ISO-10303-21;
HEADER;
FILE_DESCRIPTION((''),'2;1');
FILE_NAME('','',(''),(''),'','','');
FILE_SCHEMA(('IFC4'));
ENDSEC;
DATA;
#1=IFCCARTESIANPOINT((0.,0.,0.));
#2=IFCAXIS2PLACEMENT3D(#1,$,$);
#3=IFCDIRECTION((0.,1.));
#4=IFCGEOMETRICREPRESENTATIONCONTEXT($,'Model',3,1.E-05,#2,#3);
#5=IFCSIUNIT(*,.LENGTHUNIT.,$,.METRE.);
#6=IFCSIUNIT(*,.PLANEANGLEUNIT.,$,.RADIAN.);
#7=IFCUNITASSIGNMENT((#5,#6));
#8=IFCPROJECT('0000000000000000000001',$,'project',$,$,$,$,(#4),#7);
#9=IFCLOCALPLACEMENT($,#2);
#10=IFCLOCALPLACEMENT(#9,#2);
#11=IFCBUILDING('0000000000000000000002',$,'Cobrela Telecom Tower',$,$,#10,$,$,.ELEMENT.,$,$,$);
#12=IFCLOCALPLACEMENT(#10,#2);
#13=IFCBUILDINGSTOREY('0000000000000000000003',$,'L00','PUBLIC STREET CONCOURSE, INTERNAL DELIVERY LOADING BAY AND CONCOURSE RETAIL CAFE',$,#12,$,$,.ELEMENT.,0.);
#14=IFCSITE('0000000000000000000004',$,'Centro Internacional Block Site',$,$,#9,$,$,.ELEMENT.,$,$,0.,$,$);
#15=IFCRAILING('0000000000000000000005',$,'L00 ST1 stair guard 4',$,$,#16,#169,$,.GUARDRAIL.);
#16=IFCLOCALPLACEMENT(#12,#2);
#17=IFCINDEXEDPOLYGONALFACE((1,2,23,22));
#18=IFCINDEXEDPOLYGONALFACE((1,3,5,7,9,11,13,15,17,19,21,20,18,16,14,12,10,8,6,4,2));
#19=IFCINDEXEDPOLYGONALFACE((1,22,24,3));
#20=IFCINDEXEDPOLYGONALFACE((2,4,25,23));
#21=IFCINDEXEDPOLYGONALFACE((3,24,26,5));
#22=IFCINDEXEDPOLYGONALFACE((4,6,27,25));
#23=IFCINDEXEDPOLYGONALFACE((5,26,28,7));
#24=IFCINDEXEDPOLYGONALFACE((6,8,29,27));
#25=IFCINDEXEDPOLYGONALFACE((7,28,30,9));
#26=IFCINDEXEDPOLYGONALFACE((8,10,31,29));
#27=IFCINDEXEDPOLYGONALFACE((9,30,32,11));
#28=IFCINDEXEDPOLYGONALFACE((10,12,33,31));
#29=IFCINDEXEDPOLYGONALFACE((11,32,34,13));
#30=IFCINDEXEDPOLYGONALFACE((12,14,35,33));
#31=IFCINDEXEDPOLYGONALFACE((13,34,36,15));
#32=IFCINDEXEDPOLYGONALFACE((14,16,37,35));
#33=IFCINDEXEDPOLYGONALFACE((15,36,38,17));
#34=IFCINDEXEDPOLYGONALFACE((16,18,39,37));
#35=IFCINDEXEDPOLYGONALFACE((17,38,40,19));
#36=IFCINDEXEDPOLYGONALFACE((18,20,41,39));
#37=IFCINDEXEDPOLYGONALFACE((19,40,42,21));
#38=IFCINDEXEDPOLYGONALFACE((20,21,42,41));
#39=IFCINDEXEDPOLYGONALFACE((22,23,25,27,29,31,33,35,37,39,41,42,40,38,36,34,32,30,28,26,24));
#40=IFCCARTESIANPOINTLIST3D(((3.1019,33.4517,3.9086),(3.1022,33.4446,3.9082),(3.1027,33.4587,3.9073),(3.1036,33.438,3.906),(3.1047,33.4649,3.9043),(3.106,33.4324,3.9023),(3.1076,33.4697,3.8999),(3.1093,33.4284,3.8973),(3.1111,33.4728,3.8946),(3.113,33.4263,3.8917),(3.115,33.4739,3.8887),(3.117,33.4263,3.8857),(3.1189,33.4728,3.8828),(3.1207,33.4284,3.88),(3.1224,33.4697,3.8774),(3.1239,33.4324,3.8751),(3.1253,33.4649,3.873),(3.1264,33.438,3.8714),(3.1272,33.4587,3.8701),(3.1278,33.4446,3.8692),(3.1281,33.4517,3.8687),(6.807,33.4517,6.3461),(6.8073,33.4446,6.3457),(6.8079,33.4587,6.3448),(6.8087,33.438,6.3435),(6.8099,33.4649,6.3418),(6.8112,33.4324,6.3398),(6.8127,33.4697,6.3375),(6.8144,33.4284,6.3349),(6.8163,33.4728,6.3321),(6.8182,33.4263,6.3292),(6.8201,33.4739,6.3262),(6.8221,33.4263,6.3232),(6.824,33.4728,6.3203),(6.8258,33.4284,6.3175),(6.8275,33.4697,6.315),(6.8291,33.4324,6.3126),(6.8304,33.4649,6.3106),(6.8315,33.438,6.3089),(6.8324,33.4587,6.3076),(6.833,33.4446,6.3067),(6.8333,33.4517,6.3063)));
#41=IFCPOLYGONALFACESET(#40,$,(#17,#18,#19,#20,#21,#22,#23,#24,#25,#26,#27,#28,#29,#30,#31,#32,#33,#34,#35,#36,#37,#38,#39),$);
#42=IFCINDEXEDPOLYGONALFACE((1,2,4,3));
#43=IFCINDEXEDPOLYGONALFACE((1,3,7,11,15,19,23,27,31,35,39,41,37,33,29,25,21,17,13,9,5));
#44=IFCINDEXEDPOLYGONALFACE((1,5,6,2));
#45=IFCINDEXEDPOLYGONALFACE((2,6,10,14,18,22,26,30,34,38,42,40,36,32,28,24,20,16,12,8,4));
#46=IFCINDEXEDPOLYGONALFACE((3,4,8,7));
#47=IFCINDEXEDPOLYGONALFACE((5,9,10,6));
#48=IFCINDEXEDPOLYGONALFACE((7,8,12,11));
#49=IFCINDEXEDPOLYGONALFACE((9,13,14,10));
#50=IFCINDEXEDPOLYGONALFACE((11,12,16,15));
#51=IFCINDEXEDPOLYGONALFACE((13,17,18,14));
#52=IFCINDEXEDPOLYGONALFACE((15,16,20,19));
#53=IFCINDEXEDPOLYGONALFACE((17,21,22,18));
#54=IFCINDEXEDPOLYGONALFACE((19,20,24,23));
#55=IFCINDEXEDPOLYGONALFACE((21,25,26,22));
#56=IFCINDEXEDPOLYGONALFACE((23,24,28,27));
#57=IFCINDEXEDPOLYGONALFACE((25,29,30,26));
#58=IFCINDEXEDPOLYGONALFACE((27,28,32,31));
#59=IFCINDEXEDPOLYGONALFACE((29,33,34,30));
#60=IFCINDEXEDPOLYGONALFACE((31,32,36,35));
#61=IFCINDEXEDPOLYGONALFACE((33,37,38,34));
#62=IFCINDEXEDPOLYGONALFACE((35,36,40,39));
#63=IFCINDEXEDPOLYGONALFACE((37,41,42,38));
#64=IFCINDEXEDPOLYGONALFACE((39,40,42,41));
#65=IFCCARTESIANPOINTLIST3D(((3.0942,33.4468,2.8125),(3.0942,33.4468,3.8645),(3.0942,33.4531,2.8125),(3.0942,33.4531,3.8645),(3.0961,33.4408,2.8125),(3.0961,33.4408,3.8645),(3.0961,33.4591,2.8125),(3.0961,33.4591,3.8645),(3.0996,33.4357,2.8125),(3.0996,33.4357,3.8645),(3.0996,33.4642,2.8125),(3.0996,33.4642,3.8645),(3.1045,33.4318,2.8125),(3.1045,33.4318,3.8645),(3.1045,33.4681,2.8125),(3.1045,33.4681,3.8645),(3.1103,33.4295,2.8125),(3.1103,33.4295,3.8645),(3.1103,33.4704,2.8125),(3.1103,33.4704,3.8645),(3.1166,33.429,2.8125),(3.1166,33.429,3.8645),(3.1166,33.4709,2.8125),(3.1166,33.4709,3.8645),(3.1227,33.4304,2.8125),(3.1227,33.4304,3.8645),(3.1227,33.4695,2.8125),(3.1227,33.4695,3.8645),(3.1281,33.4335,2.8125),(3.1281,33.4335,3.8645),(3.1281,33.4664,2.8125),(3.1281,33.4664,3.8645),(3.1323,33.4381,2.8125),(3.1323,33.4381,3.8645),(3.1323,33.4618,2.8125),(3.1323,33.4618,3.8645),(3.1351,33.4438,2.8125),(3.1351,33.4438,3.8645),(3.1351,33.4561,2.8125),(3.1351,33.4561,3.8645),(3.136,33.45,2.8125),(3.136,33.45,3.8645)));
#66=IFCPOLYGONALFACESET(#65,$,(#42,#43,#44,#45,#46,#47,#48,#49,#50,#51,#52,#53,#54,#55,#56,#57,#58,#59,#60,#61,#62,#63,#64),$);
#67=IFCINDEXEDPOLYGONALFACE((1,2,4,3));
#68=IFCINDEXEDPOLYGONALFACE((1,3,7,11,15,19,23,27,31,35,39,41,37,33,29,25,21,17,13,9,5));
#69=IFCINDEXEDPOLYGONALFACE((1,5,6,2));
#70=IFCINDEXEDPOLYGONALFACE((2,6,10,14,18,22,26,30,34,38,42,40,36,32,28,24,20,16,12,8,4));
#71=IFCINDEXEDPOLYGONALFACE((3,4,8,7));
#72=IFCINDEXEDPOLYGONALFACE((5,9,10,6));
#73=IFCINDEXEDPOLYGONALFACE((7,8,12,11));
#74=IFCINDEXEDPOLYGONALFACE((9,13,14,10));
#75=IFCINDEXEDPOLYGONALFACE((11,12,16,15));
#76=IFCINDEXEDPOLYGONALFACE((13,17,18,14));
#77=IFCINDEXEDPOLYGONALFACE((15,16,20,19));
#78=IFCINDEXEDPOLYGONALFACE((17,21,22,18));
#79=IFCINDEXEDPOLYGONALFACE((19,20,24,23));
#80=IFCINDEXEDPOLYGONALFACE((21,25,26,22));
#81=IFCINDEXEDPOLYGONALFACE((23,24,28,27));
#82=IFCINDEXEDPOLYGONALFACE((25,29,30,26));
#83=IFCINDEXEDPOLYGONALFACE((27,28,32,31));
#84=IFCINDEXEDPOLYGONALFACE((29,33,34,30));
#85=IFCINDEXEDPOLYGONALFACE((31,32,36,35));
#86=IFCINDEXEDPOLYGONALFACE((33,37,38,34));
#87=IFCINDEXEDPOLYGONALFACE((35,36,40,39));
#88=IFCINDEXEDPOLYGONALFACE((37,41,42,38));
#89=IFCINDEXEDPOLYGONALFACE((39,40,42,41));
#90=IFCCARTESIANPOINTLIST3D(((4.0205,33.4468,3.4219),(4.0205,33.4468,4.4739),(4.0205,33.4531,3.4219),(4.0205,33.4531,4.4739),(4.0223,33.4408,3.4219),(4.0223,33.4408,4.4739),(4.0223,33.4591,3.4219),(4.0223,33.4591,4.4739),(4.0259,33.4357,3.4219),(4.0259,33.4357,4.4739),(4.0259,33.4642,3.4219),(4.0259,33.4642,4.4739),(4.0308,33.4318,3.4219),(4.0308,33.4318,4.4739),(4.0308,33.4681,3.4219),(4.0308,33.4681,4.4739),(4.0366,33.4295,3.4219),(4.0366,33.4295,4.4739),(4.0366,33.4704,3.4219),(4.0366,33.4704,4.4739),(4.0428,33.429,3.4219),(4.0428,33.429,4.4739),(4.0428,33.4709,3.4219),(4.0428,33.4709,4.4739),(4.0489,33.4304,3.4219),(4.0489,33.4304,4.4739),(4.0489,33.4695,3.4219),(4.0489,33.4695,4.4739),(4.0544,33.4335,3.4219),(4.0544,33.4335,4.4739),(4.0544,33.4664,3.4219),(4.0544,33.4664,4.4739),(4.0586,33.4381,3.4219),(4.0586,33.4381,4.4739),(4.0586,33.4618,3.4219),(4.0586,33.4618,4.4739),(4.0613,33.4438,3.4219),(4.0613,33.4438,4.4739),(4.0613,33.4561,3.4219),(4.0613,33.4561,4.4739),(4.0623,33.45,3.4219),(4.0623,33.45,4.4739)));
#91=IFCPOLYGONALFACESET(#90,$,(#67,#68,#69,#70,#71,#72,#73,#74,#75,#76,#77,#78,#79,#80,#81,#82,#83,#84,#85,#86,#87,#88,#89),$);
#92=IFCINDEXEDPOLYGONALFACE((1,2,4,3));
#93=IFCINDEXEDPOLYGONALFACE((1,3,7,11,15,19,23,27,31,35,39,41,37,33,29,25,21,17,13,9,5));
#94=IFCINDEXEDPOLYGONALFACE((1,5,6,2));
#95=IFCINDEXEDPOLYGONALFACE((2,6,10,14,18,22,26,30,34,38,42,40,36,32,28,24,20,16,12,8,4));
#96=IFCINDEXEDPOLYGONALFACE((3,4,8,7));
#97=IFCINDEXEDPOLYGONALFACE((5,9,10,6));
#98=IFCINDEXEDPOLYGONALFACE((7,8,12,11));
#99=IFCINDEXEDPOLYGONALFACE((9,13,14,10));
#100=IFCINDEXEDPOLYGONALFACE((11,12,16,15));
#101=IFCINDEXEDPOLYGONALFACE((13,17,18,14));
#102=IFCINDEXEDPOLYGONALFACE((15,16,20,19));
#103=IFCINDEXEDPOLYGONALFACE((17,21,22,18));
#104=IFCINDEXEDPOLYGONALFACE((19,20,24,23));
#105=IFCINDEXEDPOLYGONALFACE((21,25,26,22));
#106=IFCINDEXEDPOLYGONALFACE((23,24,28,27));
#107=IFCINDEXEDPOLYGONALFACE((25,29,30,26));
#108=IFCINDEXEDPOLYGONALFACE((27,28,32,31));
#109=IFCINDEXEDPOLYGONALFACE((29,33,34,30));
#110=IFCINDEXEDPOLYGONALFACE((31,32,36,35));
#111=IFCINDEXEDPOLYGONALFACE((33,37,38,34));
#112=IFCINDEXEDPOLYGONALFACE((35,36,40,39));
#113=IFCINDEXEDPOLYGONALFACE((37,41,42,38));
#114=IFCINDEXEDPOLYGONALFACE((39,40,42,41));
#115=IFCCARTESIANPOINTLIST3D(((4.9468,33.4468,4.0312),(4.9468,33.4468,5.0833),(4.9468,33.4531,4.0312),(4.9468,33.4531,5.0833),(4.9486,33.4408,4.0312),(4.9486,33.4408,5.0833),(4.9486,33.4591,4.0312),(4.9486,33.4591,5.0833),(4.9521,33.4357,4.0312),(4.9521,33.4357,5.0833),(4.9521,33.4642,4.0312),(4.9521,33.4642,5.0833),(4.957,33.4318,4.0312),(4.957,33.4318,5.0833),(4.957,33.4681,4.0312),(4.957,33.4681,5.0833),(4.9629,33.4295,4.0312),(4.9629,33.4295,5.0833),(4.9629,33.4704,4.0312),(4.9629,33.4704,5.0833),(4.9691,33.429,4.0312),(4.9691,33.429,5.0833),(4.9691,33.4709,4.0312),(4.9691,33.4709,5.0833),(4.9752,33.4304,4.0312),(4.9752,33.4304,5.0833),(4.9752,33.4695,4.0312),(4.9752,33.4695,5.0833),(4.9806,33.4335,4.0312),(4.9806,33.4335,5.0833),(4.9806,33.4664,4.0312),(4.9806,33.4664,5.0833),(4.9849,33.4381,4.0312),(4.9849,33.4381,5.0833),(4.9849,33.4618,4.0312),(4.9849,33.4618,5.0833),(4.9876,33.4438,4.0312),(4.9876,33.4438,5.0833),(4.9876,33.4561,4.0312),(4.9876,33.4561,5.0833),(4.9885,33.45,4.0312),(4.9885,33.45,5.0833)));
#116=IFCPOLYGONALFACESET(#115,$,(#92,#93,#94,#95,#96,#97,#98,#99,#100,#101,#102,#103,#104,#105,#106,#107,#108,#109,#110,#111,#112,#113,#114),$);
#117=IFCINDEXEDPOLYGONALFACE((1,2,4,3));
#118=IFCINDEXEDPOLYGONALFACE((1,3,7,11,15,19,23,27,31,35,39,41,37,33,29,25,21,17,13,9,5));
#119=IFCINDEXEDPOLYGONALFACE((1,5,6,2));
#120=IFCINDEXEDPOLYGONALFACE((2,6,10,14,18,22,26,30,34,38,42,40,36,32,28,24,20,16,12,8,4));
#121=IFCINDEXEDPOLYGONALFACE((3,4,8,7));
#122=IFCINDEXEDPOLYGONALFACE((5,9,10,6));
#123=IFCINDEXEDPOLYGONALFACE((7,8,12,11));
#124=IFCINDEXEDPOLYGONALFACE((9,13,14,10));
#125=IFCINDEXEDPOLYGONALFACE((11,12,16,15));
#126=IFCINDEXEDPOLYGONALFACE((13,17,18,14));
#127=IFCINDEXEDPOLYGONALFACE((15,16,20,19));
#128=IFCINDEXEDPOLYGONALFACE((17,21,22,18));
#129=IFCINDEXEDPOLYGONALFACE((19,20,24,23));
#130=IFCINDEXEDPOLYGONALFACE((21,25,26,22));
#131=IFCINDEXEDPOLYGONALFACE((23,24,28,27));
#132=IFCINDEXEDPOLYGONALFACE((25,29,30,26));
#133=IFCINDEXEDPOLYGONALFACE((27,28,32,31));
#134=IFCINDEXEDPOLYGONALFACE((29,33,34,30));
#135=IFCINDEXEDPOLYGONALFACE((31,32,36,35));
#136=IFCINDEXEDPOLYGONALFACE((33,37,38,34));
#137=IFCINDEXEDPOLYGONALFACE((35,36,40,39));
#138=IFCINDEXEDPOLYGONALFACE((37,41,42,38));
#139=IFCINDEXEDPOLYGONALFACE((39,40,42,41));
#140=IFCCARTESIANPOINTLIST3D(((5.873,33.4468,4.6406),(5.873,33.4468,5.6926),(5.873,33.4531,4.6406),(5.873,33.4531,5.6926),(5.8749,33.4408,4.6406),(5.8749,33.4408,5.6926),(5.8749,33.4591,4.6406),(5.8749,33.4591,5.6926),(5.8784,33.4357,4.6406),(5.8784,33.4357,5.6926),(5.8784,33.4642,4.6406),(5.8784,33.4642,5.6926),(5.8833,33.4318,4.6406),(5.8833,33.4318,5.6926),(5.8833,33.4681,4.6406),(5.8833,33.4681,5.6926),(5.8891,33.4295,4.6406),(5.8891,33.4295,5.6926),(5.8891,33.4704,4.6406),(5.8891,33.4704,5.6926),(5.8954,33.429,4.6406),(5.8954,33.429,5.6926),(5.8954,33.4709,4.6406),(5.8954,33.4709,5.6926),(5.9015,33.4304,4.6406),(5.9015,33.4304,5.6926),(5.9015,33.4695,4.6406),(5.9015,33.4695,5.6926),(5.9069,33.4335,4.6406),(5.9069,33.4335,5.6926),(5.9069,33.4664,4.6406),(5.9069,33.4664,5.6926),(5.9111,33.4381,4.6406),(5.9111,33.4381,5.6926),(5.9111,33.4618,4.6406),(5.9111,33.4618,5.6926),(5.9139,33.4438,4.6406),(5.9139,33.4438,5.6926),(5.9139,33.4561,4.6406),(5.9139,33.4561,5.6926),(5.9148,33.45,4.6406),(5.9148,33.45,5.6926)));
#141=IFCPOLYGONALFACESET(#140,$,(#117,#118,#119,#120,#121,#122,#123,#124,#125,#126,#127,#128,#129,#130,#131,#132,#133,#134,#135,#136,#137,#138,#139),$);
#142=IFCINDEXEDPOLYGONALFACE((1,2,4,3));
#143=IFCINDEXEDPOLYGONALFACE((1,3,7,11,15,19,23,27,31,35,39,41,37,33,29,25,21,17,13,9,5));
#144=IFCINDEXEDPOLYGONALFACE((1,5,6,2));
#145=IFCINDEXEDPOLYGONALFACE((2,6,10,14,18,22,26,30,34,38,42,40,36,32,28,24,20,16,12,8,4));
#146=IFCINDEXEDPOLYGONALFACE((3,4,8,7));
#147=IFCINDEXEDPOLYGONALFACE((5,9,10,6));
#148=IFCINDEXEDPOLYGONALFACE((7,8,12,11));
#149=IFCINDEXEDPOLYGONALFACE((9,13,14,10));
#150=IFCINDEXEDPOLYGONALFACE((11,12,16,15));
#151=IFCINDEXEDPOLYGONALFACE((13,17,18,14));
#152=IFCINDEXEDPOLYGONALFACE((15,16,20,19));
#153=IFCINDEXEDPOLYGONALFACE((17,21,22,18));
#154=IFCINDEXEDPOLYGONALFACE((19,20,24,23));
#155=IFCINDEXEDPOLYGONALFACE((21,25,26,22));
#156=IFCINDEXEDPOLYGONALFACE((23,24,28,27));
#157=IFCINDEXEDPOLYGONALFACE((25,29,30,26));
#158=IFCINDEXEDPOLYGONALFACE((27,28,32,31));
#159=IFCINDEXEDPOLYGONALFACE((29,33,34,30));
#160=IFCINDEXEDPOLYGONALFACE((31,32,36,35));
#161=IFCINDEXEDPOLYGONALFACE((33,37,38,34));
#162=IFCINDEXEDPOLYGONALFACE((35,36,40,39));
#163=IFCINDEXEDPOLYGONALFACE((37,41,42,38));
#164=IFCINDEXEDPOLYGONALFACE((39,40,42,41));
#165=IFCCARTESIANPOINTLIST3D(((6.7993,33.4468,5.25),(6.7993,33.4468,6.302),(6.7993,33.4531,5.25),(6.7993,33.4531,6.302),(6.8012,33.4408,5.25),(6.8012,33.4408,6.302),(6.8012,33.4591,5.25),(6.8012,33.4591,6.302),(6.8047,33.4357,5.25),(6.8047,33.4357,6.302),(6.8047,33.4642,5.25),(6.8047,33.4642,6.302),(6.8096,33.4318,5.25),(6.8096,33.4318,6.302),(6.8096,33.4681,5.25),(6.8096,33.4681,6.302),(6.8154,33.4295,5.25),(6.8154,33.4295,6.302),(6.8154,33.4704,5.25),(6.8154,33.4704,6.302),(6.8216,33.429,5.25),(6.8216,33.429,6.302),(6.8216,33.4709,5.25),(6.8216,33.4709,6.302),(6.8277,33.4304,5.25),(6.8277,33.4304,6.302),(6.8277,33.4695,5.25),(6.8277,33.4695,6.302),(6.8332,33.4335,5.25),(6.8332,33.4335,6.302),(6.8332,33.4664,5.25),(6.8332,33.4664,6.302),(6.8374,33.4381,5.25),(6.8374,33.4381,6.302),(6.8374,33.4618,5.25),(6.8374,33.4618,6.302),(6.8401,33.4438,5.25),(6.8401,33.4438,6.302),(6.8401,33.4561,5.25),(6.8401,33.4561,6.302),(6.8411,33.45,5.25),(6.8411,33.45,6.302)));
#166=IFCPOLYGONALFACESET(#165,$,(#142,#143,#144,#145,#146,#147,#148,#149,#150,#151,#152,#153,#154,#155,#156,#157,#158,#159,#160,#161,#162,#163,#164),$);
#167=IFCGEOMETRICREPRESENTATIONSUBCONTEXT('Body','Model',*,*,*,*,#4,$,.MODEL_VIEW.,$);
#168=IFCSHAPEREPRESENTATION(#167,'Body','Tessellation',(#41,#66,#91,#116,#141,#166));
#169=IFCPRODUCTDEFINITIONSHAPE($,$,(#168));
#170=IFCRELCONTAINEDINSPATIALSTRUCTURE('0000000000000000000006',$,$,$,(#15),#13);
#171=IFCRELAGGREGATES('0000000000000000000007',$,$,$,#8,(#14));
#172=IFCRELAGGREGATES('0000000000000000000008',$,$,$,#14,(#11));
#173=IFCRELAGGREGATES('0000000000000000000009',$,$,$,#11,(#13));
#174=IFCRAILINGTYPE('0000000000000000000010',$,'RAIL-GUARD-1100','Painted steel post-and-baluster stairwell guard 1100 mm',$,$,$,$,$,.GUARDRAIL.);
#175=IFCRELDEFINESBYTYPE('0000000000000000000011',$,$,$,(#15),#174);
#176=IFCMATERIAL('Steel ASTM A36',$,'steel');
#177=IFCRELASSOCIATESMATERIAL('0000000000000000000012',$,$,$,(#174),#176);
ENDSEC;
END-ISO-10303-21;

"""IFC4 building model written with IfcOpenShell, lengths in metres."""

from ifc_helpers import new_model, si_unit, direction, frame, origin, origin_2d, place, context, subcontext, project, spatial, circle, extrude, material, type_object, element, save


model = new_model("IFC4")

# Units and contexts
model_context = context("Model", 3, precision=1e-05, world=origin(), true_north=direction((0.0, 1.0)))
body_context = subcontext(model_context, "Body", "Model", "MODEL_VIEW")
ifc_project = project(units=[si_unit("LENGTHUNIT", "METRE"), si_unit("PLANEANGLEUNIT", "RADIAN")], contexts=[model_context])

# Site, building, storey
site_placement = place(None, origin())
site = spatial("IfcSite", under=ifc_project, at=site_placement, Name="Centro Internacional Block Site", CompositionType="ELEMENT", RefElevation=0.0)
building_placement = place(site_placement, origin())
building = spatial("IfcBuilding", under=site, at=building_placement, Name="Cobrela Telecom Tower", CompositionType="ELEMENT")
storey_placement = place(building_placement, origin())
storey = spatial("IfcBuildingStorey", under=building, at=storey_placement, Name="L00", Description="PUBLIC STREET CONCOURSE, INTERNAL DELIVERY LOADING BAY AND CONCOURSE RETAIL CAFE", CompositionType="ELEMENT", Elevation=0.0)

# Shared definitions
ifc_material_1 = material(Name="Steel ASTM A36", Category="steel")

# Railing
railing_type_1 = type_object("IfcRailingType", Name="RAIL-GUARD-1100", Description="Painted steel post-and-baluster stairwell guard 1100 mm", PredefinedType="GUARDRAIL", material=ifc_material_1)
railing_1_placement = place(storey_placement, frame((3.115, 33.45, 2.8125)))
element("IfcRailing", 1, at=railing_1_placement, inside=storey, type_object=railing_type_1, Name="L00 ST1 stair guard 4", PredefinedType="GUARDRAIL", context=body_context, shape_type="SweptSolid", body=[
    extrude(circle(Radius=0.0239, at=origin_2d()), frame((0.0, 0.0, 1.0762), z_axis=(0.835422, 0.0, 0.549608), x_axis=(0.0, 1.0, 0.0)), (0.0, 0.0, 1.0), 4.4351),
    extrude(circle(Radius=0.021, at=origin_2d()), origin(), (0.0, 0.0, 1.0), 1.052),
    extrude(circle(Radius=0.021, at=origin_2d()), frame((0.9263, 0.0, 0.6094)), (0.0, 0.0, 1.0), 1.052),
    extrude(circle(Radius=0.021, at=origin_2d()), frame((1.8525, 0.0, 1.2188)), (0.0, 0.0, 1.0), 1.052),
    extrude(circle(Radius=0.021, at=origin_2d()), frame((2.7788, 0.0, 1.8281)), (0.0, 0.0, 1.0), 1.052),
    extrude(circle(Radius=0.021, at=origin_2d()), frame((3.7051, 0.0, 2.4375)), (0.0, 0.0, 1.0), 1.052),
])

save(model, "model.ifc")
